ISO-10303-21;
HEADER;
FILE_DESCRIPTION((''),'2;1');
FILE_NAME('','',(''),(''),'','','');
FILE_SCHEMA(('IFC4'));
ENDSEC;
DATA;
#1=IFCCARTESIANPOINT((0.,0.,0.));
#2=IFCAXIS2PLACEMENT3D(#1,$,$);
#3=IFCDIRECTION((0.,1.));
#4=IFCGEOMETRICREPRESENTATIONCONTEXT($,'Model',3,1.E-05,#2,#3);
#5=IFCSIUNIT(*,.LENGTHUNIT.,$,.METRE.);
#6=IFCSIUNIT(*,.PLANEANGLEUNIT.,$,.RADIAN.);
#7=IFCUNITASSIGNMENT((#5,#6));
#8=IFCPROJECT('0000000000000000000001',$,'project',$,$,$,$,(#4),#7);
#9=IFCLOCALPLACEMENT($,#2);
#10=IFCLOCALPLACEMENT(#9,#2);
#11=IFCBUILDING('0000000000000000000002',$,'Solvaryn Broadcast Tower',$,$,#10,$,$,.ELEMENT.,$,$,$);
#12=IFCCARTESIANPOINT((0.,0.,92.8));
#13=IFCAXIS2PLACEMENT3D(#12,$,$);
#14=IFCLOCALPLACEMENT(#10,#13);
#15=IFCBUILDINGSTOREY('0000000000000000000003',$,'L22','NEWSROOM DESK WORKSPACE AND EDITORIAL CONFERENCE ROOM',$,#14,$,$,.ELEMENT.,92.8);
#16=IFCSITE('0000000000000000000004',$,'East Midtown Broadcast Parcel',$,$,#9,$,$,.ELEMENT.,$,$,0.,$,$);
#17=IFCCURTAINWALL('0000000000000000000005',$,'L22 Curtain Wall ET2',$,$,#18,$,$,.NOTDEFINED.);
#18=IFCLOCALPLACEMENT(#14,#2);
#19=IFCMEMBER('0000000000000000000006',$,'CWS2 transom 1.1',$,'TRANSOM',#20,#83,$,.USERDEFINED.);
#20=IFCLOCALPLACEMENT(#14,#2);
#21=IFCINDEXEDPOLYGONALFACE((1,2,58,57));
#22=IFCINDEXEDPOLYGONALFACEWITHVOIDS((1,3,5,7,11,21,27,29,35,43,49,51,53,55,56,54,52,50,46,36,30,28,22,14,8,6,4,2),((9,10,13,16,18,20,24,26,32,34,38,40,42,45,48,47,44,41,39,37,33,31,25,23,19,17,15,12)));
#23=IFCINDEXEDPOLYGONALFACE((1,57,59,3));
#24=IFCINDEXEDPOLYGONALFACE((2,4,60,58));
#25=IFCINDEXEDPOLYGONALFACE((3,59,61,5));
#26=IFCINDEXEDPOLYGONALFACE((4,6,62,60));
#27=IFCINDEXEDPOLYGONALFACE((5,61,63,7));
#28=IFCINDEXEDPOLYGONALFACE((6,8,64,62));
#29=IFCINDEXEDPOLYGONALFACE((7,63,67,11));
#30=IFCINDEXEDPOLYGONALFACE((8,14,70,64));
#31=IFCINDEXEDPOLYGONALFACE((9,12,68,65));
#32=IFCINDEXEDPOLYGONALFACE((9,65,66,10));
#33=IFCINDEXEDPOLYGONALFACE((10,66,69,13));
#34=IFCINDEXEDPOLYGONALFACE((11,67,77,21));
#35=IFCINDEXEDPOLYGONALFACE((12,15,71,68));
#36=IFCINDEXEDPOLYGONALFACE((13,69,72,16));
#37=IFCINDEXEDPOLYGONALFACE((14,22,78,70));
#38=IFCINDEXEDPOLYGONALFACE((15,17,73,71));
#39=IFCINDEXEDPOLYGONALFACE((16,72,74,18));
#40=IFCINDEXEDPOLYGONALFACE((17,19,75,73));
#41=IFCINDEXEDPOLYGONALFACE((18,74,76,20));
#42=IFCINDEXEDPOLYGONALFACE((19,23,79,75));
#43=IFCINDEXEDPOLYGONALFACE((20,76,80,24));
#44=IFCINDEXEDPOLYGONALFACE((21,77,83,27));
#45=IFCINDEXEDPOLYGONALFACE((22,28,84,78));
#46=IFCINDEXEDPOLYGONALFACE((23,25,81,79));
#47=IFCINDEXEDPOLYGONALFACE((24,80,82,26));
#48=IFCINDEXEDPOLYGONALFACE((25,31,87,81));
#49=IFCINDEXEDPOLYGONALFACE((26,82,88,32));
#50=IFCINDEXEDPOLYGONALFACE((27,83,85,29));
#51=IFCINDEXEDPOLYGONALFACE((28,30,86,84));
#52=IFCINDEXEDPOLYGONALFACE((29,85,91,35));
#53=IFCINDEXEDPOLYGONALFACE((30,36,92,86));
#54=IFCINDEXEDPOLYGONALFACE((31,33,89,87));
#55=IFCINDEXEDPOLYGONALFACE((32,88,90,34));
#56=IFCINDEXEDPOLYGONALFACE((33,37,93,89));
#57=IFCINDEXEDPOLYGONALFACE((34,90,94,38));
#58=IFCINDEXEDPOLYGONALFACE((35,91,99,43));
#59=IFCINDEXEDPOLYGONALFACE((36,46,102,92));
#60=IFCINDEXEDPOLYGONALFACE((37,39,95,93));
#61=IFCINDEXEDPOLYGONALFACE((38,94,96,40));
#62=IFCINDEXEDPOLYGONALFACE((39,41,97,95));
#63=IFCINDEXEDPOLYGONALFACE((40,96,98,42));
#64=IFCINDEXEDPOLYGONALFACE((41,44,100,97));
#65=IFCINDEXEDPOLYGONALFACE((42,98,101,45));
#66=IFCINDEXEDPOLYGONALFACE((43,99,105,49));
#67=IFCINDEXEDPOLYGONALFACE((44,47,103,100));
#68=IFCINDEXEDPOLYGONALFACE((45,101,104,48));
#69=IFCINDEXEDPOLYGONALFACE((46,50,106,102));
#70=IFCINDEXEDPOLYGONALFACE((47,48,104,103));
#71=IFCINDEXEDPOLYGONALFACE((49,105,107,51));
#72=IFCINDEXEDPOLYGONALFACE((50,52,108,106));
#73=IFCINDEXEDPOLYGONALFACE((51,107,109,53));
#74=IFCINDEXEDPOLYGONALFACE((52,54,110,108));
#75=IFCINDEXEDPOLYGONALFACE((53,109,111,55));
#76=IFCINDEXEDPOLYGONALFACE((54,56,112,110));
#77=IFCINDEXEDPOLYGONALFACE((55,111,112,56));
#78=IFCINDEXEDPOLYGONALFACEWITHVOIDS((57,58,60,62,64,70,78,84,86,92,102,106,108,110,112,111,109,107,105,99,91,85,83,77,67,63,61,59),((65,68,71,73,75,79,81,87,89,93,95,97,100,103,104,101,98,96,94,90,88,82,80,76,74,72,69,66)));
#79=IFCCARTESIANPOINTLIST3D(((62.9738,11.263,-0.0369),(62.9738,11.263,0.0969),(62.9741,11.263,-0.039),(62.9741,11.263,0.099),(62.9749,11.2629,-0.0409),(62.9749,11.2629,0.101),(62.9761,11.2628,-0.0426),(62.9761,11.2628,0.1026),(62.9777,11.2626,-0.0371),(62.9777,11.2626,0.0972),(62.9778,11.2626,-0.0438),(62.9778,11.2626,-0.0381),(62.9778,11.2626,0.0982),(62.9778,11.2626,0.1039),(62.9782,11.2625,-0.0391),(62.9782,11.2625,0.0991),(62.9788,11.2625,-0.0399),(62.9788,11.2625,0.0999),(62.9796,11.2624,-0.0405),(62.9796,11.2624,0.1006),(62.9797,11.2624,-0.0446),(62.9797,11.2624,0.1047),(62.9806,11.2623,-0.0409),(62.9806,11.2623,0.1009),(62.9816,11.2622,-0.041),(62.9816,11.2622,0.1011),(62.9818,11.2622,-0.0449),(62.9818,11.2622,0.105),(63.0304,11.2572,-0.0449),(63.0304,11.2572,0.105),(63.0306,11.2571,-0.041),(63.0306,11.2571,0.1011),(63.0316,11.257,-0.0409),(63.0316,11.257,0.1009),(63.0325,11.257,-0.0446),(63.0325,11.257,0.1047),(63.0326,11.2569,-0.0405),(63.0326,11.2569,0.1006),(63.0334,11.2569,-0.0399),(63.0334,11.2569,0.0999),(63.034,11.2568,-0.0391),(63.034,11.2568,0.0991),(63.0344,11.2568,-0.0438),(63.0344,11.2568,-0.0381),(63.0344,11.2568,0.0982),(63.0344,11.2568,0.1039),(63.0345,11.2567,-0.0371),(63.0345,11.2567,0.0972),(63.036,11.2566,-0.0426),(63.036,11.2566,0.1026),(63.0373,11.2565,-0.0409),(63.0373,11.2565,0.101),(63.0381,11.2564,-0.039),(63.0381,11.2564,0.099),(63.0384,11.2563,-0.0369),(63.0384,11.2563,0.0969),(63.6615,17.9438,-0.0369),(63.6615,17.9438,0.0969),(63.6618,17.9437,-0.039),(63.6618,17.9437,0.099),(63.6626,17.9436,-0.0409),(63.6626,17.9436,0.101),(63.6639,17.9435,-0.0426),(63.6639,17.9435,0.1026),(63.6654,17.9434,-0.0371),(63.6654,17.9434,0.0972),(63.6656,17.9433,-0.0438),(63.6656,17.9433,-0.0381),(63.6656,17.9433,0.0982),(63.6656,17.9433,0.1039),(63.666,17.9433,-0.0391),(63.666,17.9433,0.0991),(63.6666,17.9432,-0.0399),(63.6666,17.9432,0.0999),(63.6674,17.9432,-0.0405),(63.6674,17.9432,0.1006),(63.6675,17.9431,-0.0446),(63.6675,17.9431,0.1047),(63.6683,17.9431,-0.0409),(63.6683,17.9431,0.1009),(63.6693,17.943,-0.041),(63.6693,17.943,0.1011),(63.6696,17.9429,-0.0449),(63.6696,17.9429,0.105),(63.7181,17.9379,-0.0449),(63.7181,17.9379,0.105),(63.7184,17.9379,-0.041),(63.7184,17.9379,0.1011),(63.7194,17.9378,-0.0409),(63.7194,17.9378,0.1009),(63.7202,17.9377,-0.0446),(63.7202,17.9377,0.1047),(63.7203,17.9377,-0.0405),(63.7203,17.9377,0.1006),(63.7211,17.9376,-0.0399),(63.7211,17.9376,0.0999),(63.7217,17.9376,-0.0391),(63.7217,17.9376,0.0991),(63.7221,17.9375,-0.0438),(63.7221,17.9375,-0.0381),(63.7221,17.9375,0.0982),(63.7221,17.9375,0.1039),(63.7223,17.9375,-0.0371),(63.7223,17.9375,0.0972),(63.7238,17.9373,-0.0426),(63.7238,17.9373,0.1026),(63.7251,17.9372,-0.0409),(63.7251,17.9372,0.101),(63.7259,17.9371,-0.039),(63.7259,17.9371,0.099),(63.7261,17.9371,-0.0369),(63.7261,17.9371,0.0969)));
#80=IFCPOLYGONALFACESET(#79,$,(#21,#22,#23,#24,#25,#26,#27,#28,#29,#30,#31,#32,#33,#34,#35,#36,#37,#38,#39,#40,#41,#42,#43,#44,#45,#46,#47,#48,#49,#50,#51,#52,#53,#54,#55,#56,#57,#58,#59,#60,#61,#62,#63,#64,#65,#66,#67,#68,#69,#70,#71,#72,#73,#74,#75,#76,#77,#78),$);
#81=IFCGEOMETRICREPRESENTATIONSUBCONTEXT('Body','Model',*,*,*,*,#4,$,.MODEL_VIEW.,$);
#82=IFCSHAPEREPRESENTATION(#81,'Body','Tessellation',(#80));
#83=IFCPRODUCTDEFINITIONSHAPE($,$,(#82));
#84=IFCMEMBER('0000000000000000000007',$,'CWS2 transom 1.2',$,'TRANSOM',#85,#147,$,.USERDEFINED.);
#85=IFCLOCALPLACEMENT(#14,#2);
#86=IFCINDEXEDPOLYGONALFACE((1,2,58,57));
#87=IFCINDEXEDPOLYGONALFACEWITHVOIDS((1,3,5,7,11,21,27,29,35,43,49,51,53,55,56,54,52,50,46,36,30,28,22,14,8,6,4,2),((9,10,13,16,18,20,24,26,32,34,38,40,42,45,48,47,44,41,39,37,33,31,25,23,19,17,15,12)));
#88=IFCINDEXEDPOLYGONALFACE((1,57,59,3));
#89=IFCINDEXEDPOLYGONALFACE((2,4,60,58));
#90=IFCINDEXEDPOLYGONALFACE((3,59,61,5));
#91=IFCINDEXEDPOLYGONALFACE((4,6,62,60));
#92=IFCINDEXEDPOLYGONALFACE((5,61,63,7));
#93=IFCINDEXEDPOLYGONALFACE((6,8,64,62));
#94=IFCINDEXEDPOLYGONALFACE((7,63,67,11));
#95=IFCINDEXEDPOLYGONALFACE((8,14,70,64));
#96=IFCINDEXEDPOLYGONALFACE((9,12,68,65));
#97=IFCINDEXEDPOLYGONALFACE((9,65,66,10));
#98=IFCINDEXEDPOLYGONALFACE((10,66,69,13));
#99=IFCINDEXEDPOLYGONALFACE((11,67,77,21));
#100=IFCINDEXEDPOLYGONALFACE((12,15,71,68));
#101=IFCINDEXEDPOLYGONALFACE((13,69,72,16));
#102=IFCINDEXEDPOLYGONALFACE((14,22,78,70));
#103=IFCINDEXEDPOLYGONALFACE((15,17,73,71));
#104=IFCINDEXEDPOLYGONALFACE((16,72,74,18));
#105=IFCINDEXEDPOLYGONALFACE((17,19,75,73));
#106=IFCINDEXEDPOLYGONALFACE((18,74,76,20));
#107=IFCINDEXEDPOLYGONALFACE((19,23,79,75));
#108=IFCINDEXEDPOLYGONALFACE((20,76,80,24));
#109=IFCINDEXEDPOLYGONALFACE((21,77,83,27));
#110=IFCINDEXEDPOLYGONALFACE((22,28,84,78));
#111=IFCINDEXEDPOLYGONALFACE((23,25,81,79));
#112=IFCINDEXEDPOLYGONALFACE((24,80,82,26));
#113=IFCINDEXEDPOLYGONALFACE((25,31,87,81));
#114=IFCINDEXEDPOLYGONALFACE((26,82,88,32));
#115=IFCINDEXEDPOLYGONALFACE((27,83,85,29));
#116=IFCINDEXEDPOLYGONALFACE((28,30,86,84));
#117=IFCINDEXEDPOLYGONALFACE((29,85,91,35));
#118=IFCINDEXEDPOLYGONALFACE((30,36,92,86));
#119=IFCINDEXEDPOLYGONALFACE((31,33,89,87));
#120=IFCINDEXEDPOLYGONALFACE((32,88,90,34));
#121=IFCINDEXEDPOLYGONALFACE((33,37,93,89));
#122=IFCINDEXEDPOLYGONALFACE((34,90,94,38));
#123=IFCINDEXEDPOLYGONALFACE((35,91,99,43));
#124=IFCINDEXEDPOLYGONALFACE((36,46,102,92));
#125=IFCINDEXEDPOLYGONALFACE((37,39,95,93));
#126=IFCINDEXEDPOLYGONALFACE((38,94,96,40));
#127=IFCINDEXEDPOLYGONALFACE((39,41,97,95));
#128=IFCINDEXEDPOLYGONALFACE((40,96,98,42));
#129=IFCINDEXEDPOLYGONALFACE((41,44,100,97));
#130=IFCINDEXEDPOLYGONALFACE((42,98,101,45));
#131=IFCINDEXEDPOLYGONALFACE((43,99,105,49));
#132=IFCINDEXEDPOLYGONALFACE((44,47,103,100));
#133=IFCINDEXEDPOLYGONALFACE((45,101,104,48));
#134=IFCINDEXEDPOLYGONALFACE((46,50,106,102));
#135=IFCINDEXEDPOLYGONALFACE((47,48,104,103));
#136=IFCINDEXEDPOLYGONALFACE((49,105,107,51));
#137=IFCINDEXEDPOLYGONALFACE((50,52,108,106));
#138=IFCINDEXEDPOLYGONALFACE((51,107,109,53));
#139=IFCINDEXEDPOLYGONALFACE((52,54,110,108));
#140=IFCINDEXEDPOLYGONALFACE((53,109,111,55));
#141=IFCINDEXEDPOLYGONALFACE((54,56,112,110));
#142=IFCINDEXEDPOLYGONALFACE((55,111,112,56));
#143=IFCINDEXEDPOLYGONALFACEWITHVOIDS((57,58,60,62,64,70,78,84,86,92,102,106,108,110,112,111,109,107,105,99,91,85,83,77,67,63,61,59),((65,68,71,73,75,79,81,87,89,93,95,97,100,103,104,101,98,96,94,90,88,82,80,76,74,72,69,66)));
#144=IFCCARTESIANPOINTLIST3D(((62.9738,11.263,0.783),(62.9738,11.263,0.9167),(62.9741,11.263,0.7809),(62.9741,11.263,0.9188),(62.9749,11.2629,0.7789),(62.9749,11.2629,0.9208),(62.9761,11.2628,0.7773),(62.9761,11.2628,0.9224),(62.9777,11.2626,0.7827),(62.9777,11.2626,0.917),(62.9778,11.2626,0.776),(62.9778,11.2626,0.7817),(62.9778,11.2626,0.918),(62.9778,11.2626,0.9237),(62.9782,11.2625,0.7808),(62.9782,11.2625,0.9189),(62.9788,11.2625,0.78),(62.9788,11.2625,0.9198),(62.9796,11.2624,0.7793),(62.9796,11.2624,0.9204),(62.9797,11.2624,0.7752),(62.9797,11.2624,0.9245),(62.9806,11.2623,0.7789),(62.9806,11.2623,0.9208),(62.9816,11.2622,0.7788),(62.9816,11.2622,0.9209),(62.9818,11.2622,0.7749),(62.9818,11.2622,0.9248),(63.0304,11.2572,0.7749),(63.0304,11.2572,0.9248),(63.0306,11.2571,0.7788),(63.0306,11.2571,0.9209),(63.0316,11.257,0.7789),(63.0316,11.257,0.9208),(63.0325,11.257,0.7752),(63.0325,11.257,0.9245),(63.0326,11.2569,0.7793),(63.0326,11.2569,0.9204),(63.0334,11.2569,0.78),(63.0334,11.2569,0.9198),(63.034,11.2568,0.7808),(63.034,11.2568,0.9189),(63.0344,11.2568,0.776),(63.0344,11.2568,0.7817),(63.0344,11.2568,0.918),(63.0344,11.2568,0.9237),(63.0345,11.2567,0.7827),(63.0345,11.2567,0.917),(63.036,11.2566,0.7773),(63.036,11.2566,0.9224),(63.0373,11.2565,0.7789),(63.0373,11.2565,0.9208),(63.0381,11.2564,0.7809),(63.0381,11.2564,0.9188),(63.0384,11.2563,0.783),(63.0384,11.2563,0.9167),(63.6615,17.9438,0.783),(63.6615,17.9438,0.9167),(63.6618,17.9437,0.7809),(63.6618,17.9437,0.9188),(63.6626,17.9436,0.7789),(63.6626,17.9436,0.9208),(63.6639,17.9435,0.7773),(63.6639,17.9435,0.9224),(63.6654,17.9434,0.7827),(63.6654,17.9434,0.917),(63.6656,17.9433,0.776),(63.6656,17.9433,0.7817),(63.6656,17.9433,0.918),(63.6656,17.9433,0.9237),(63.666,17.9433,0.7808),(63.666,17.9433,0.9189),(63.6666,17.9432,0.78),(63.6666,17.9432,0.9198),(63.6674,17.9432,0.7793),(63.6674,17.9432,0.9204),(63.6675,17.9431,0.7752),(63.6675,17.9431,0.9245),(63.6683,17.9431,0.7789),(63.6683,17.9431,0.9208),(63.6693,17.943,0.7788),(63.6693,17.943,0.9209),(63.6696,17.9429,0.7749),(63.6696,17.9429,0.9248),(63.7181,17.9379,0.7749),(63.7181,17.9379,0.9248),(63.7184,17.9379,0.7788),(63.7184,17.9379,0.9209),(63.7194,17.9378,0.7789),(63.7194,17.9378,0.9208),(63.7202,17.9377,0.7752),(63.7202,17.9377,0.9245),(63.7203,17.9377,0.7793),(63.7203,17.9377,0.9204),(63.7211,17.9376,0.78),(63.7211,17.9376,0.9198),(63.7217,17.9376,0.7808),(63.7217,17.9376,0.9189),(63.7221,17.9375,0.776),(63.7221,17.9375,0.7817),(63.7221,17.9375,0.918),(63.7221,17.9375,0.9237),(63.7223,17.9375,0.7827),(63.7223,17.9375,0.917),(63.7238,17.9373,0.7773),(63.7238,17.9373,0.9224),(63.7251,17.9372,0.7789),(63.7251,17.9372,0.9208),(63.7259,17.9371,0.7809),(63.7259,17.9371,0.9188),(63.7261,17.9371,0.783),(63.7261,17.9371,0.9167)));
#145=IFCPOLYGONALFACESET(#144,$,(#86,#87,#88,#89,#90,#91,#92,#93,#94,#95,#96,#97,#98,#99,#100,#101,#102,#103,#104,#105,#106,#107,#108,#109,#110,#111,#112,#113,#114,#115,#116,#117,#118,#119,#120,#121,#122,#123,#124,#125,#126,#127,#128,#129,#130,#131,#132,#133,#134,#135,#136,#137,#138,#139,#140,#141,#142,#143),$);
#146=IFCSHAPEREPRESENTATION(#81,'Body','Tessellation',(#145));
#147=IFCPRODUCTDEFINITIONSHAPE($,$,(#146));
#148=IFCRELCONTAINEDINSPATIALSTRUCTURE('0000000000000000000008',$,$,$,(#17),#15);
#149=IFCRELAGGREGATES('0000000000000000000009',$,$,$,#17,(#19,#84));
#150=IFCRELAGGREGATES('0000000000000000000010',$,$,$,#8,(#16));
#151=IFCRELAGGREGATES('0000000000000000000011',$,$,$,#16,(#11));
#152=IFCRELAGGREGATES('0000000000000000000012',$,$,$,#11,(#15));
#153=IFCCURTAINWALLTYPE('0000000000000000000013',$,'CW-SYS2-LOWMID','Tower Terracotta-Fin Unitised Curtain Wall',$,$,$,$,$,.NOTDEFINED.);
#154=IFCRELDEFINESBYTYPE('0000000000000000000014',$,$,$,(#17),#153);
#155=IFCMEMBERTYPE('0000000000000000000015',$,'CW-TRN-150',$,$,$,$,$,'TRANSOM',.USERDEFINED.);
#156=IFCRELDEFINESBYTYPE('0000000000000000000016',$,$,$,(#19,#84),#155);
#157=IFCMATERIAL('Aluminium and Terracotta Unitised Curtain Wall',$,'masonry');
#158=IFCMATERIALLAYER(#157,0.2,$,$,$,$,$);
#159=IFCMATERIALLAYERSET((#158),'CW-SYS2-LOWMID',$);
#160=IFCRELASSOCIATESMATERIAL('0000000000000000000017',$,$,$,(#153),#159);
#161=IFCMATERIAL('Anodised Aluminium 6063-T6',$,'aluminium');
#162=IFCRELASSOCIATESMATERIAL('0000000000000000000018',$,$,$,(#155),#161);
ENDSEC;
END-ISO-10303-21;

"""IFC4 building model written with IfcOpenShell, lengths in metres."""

from ifc_helpers import new_model, si_unit, direction, frame, origin, origin_2d, place, context, subcontext, project, spatial, hollow_rectangle, extrude, material, layer, layer_set, material_profile, profile_set, type_object, element, aggregate, save


model = new_model("IFC4")

# Units and contexts
model_context = context("Model", 3, precision=1e-05, world=origin(), true_north=direction((0.0, 1.0)))
body_context = subcontext(model_context, "Body", "Model", "MODEL_VIEW")
ifc_project = project(units=[si_unit("LENGTHUNIT", "METRE"), si_unit("PLANEANGLEUNIT", "RADIAN")], contexts=[model_context])

# Site, building, storey
site_placement = place(None, origin())
site = spatial("IfcSite", under=ifc_project, at=site_placement, Name="East Midtown Broadcast Parcel", CompositionType="ELEMENT", RefElevation=0.0)
building_placement = place(site_placement, origin())
building = spatial("IfcBuilding", under=site, at=building_placement, Name="Solvaryn Broadcast Tower", CompositionType="ELEMENT")
storey_placement = place(building_placement, frame((0.0, 0.0, 92.8)))
storey = spatial("IfcBuildingStorey", under=building, at=storey_placement, Name="L22", Description="NEWSROOM DESK WORKSPACE AND EDITORIAL CONFERENCE ROOM", CompositionType="ELEMENT", Elevation=92.8)

# Shared definitions
ifc_material_1 = material(Name="Aluminium and Terracotta Unitised Curtain Wall", Category="masonry")
ifc_layer_1 = layer(ifc_material_1, 0.2)
ifc_layer_set_1 = layer_set([ifc_layer_1], Name="CW-SYS2-LOWMID")
curtain_wall_type = type_object("IfcCurtainWallType", Name="CW-SYS2-LOWMID", Description="Tower Terracotta-Fin Unitised Curtain Wall", PredefinedType="NOTDEFINED", material=ifc_layer_set_1)

# Curtain wall, members
curtain_wall_1_placement = place(storey_placement, origin())
curtain_wall_1 = element("IfcCurtainWall", 1, at=curtain_wall_1_placement, inside=storey, type_object=curtain_wall_type, Name="L22 Curtain Wall ET2", PredefinedType="NOTDEFINED")
ifc_material_2 = material(Name="Anodised Aluminium 6063-T6", Category="aluminium")
ifc_material_profile_1 = material_profile(ifc_material_2, hollow_rectangle(XDim=0.0649, YDim=0.1499, WallThickness=0.0039, InnerFilletRadius=0.0039, OuterFilletRadius=0.0081, at=origin_2d()))
ifc_profile_set_1 = profile_set([ifc_material_profile_1], Name="Anodised Aluminium 6063-T6")
member_type_1 = type_object("IfcMemberType", Name="CW-TRN-150", ElementType="TRANSOM", PredefinedType="USERDEFINED", material=ifc_profile_set_1)
member_1_placement = place(storey_placement, frame((63.6938, 17.9404, 0.03), z_axis=(-0.102404, -0.994743, 0.0), x_axis=(0.994743, -0.102404, 0.0)))
member_1 = element("IfcMember", 2, at=member_1_placement, type_object=member_type_1, Name="CWS2 transom 1.1", ObjectType="TRANSOM", PredefinedType="USERDEFINED", context=body_context, shape_type="SweptSolid", body=[
    extrude(hollow_rectangle(XDim=0.0649, YDim=0.1499, WallThickness=0.0039, InnerFilletRadius=0.0039, OuterFilletRadius=0.0081, at=origin_2d()), origin(), (0.0, 0.0, 1.0), 6.7161),
])
member_2_placement = place(storey_placement, frame((63.6938, 17.9404, 0.8499), z_axis=(-0.102404, -0.994743, 0.0), x_axis=(0.994743, -0.102404, 0.0)))
member_2 = element("IfcMember", 3, at=member_2_placement, type_object=member_type_1, Name="CWS2 transom 1.2", ObjectType="TRANSOM", PredefinedType="USERDEFINED", context=body_context, shape_type="SweptSolid", body=[
    extrude(hollow_rectangle(XDim=0.0649, YDim=0.1499, WallThickness=0.0039, InnerFilletRadius=0.0039, OuterFilletRadius=0.0081, at=origin_2d()), origin(), (0.0, 0.0, 1.0), 6.7161),
])
aggregate(curtain_wall_1, [member_1, member_2])

save(model, "model.ifc")
